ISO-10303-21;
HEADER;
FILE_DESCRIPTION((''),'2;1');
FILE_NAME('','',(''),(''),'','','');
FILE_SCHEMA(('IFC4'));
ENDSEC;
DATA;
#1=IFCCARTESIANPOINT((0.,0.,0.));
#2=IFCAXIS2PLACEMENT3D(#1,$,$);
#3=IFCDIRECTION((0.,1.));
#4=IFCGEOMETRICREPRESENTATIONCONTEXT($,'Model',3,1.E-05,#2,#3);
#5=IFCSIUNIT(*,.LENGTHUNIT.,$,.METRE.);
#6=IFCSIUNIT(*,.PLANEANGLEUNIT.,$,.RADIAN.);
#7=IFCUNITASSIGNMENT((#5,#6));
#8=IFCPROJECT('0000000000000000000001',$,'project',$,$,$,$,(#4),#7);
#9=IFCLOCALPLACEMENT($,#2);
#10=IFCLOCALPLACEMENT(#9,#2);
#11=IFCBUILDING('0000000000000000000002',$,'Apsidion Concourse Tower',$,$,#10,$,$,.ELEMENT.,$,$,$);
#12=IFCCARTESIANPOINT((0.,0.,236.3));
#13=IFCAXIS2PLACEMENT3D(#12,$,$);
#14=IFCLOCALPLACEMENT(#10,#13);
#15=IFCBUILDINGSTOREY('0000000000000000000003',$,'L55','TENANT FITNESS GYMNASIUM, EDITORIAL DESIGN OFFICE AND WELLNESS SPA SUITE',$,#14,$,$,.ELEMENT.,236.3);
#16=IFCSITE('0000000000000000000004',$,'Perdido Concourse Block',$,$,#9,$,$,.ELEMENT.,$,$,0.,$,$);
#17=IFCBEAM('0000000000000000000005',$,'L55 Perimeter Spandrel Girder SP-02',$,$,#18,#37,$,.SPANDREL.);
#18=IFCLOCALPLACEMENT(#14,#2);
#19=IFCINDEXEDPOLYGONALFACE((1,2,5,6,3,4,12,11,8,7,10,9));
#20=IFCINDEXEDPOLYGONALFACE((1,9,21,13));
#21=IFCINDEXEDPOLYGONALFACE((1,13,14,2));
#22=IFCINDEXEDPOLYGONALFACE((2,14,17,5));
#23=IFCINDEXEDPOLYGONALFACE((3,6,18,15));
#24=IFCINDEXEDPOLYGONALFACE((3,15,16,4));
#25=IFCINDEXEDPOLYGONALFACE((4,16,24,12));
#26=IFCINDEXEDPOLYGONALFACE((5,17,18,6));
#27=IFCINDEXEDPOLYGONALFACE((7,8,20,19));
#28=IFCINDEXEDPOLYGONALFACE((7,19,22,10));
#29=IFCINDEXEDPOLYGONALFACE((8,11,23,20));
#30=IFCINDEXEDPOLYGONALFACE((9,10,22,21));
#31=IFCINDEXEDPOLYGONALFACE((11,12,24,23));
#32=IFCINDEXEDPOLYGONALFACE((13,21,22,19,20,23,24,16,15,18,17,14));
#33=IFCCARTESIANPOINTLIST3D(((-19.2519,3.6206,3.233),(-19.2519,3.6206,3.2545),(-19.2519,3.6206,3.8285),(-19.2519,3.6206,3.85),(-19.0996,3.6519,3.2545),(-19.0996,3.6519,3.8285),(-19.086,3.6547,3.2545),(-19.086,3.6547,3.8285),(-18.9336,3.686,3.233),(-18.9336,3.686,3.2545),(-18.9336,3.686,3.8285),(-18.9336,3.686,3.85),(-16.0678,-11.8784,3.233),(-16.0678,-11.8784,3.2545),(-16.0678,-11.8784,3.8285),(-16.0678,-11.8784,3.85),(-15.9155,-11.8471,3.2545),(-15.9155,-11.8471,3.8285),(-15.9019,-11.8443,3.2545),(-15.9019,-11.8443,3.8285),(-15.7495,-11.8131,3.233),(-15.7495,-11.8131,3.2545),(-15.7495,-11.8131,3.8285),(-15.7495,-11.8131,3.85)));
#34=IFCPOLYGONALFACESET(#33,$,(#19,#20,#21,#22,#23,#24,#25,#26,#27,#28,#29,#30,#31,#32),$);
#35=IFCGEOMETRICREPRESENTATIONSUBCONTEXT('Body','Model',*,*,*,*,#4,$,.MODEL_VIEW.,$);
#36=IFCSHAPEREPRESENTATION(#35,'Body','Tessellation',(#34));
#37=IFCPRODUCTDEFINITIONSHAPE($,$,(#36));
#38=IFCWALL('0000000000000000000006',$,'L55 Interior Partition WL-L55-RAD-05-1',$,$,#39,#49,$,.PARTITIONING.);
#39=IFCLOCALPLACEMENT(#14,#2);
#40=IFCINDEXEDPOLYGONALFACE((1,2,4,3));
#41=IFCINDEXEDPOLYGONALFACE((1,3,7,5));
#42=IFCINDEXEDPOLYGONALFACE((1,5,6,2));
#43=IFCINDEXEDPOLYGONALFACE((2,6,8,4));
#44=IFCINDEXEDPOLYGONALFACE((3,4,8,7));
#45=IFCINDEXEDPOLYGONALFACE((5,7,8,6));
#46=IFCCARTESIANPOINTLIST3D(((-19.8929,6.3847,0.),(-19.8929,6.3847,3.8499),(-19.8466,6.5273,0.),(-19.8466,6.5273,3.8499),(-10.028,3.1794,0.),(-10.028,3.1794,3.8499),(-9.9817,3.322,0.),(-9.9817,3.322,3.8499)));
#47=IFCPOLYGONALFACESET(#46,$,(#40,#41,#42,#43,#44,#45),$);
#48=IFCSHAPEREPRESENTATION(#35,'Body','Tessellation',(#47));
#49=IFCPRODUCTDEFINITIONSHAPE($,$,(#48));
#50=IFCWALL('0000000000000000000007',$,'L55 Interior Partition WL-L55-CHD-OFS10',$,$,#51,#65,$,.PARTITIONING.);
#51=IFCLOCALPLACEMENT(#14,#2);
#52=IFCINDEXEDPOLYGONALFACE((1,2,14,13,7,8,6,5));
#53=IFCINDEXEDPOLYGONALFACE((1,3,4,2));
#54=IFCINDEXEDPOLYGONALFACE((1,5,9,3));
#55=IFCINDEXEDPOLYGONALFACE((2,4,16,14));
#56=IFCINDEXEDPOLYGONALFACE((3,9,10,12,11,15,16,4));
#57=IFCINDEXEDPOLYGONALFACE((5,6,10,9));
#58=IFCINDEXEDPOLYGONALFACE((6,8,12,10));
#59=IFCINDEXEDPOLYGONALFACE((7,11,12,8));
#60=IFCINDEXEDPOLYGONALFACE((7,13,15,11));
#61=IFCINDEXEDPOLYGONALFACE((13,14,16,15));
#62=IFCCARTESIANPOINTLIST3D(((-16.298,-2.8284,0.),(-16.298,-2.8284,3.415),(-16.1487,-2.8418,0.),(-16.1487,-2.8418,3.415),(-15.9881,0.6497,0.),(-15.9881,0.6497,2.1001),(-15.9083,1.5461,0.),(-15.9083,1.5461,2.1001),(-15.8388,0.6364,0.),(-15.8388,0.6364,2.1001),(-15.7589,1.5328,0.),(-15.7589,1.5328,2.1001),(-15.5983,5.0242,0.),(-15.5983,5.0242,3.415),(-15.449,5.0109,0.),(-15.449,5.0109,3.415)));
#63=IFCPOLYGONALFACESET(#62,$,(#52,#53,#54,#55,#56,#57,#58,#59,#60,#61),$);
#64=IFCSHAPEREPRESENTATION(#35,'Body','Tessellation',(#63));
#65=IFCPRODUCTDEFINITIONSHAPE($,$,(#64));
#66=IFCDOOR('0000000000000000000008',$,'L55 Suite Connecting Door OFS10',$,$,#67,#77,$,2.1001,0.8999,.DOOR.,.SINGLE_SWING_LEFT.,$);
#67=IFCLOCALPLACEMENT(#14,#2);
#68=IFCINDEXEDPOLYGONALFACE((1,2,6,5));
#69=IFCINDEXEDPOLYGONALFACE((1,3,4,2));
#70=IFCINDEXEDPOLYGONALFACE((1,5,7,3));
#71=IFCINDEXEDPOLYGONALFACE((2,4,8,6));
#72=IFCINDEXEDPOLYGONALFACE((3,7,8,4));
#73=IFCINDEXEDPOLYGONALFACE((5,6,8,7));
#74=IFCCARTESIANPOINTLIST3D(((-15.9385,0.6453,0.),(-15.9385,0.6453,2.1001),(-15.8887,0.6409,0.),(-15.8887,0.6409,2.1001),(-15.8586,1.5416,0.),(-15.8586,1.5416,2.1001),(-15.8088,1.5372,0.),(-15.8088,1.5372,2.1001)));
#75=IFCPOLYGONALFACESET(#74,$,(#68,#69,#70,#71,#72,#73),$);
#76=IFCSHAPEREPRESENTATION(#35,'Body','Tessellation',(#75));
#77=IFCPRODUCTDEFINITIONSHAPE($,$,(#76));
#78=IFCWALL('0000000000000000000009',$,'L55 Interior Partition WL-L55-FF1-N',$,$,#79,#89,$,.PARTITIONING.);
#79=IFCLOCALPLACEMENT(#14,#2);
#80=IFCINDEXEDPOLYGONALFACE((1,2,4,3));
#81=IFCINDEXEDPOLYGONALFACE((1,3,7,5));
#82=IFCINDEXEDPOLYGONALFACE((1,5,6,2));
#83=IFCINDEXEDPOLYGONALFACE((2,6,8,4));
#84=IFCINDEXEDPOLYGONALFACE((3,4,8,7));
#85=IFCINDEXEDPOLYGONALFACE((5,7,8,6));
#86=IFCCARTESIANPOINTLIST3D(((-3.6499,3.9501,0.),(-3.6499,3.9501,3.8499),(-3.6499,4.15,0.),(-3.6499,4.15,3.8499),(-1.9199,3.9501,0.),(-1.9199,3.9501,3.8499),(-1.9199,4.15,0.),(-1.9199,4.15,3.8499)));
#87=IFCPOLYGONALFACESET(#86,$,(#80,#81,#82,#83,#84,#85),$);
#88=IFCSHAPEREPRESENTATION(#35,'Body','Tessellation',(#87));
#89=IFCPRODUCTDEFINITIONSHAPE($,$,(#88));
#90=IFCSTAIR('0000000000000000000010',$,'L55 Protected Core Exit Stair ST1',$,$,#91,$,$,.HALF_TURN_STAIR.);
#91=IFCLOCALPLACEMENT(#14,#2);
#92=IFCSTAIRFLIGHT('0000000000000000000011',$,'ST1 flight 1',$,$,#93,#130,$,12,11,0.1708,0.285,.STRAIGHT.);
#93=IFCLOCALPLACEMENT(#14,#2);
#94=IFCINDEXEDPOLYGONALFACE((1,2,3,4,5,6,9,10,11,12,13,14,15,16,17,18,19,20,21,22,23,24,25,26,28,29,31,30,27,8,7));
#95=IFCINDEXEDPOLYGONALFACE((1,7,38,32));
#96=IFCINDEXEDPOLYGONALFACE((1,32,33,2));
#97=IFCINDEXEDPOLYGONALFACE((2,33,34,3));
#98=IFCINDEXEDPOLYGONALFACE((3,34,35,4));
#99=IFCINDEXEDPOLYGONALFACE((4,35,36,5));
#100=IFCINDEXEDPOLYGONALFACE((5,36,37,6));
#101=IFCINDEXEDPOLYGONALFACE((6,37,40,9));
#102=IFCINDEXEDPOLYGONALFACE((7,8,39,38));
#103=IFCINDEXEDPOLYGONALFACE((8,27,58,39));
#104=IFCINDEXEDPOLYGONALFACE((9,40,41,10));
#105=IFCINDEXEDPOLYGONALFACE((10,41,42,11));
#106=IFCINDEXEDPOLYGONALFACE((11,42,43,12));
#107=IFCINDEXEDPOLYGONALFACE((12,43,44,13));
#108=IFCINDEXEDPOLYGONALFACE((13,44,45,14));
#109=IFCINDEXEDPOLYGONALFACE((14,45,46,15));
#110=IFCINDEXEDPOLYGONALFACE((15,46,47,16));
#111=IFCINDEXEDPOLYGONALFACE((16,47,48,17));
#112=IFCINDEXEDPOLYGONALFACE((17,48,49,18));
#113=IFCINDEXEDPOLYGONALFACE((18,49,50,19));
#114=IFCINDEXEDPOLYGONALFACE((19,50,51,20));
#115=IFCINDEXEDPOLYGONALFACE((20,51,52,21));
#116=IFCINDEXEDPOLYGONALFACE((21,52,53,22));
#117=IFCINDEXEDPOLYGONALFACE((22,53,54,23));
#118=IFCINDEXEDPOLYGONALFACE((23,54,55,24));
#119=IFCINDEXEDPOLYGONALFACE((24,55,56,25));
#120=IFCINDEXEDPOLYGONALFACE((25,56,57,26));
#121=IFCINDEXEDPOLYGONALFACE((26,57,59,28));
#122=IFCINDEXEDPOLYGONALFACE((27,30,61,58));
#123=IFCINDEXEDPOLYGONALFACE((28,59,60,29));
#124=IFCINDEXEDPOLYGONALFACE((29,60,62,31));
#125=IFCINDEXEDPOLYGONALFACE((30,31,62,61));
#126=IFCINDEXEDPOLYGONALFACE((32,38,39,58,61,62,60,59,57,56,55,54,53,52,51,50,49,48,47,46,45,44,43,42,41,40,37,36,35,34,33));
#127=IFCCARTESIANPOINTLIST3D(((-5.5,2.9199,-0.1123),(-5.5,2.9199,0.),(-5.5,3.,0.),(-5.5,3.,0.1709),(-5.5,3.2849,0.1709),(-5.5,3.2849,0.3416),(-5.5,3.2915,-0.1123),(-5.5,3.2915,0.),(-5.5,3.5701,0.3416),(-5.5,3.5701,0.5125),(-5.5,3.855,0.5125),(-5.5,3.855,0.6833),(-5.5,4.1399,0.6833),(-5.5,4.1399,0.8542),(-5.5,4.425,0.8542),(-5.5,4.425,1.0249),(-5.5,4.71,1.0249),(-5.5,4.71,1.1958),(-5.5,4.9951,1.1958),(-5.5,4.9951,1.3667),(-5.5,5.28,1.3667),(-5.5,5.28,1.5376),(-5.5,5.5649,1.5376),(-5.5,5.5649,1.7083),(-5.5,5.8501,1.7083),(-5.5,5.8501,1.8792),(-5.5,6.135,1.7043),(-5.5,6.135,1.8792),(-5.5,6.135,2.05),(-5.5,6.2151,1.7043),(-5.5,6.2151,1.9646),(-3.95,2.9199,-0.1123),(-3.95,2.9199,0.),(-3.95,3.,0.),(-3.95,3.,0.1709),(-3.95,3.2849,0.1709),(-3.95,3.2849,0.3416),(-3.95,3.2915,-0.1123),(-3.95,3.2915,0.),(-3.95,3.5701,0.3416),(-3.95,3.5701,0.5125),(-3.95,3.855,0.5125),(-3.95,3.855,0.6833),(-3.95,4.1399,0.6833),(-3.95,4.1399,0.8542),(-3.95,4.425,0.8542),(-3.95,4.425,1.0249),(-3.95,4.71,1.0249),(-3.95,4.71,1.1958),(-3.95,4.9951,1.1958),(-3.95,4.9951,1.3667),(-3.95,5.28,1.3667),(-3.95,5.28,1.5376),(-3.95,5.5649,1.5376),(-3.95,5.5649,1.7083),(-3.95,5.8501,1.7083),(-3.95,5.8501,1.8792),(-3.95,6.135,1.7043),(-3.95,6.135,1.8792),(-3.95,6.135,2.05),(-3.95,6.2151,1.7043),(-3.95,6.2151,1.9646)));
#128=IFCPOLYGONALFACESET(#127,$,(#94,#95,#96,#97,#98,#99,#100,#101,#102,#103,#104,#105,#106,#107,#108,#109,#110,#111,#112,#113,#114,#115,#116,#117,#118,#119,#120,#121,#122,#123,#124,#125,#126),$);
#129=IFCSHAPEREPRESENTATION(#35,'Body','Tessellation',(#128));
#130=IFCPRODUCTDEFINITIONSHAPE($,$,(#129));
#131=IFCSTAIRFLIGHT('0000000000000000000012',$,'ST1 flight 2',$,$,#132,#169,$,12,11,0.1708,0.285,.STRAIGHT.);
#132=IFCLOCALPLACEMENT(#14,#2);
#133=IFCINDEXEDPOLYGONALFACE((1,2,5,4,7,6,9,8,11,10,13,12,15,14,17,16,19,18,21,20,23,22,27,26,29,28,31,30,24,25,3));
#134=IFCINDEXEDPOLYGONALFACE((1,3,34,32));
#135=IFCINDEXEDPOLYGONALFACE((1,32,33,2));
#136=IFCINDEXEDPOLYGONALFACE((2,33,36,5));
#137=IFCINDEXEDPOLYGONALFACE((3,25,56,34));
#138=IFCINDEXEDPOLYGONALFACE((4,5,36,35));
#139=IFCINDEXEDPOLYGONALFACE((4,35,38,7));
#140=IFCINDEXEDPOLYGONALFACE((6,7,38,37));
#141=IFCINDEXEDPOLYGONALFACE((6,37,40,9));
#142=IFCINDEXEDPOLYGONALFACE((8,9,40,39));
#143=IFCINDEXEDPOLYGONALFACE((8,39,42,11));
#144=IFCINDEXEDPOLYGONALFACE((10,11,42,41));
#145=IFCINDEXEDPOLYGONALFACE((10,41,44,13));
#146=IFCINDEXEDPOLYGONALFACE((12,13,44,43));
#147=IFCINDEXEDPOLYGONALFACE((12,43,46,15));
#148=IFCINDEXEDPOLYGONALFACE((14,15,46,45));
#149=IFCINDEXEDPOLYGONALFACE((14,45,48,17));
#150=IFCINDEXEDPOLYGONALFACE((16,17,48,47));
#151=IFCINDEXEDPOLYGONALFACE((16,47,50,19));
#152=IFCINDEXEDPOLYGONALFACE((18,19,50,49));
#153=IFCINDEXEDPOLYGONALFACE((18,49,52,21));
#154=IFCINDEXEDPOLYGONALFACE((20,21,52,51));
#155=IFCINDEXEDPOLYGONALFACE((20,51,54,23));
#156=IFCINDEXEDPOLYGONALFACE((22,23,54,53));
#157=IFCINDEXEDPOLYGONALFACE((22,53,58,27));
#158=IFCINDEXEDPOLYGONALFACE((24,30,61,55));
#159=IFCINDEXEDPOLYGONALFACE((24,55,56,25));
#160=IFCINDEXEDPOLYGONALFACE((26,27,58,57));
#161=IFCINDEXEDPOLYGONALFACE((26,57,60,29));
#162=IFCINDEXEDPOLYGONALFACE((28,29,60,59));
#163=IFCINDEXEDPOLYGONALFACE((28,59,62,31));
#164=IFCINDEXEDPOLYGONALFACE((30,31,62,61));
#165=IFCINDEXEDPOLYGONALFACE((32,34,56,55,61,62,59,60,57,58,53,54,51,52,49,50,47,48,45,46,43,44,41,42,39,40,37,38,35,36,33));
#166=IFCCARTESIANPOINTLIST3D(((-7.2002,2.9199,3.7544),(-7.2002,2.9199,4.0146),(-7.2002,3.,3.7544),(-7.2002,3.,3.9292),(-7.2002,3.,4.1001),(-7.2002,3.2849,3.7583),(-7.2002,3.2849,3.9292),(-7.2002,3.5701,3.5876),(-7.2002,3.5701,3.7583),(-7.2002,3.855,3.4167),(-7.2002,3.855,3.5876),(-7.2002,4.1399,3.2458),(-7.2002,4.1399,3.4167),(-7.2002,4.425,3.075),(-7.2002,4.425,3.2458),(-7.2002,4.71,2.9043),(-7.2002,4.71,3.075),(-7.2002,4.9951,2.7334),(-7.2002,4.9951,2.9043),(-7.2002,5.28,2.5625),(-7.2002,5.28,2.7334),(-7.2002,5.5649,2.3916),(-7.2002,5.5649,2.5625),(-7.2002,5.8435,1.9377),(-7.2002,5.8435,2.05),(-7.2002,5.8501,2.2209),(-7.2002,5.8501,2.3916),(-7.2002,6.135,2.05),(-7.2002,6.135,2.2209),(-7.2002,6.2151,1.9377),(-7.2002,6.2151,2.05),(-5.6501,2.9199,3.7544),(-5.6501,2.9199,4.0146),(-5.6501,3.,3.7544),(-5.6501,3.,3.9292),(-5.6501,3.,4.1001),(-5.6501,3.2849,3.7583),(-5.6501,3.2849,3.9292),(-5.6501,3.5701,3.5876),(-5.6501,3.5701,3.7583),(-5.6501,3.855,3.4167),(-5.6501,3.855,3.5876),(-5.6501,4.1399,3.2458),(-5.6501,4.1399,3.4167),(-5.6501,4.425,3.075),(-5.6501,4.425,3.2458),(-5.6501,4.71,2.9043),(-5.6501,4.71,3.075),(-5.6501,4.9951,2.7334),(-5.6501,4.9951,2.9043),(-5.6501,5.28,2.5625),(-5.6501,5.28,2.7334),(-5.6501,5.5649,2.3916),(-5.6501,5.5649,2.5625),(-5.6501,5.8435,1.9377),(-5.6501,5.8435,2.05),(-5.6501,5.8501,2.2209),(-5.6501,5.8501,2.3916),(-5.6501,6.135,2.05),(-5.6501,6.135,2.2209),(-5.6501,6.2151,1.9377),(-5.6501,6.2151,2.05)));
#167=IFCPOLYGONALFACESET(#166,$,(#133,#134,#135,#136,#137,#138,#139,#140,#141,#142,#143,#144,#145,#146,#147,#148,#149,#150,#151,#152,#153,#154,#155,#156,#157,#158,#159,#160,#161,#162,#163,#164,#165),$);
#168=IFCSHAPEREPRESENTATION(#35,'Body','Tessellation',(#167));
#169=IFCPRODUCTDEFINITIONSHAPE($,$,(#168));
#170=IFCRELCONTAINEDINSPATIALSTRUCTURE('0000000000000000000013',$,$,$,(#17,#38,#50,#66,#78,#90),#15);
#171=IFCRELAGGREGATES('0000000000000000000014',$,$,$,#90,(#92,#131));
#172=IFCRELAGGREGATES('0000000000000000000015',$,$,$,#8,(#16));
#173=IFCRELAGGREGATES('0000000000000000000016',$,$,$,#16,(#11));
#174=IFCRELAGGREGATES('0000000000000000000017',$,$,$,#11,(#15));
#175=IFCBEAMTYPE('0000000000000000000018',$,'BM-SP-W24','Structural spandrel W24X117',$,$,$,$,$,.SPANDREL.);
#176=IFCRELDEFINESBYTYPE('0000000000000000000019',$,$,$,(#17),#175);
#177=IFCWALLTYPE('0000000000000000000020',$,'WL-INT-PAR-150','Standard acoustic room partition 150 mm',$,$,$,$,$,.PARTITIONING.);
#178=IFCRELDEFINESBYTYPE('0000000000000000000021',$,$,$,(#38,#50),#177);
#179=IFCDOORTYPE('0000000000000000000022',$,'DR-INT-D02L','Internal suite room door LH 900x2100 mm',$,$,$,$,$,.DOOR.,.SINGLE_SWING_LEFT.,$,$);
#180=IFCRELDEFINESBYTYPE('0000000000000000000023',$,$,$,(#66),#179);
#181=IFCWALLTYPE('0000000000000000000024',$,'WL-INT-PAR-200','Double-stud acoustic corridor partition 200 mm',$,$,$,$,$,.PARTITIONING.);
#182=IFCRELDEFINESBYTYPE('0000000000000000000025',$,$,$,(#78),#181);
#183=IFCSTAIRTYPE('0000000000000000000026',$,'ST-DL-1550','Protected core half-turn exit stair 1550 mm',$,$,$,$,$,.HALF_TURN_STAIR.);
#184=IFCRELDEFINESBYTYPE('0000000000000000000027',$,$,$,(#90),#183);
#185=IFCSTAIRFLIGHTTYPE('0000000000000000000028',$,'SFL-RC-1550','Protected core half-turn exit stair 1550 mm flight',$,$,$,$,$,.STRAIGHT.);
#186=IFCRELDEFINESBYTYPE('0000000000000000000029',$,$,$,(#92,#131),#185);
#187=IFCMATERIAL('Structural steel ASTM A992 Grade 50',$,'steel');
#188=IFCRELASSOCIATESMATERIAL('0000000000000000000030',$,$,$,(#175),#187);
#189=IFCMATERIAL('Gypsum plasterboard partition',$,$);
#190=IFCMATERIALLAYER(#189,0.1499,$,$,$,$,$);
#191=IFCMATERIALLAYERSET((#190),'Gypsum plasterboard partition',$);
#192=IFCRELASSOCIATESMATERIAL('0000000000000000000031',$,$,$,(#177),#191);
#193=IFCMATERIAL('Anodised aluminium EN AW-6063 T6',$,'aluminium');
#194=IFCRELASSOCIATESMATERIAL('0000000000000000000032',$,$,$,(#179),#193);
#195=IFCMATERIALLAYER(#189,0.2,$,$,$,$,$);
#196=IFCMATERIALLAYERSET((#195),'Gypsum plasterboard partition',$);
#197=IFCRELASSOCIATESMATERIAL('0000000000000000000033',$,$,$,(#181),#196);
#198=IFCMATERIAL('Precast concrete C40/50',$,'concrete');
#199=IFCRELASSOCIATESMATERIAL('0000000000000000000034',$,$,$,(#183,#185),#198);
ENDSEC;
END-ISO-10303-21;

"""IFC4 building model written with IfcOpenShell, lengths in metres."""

from ifc_helpers import new_model, si_unit, direction, frame, frame_2d, origin, origin_2d, place, context, subcontext, project, spatial, polyline, rectangle, i_section, outline, extrude, material, layer, layer_set, material_profile, profile_set, type_object, element, fill, aggregate, save


model = new_model("IFC4")

# Units and contexts
model_context = context("Model", 3, precision=1e-05, world=origin(), true_north=direction((0.0, 1.0)))
body_context = subcontext(model_context, "Body", "Model", "MODEL_VIEW")
ifc_project = project(units=[si_unit("LENGTHUNIT", "METRE"), si_unit("PLANEANGLEUNIT", "RADIAN")], contexts=[model_context])

# Site, building, storey
site_placement = place(None, origin())
site = spatial("IfcSite", under=ifc_project, at=site_placement, Name="Perdido Concourse Block", CompositionType="ELEMENT", RefElevation=0.0)
building_placement = place(site_placement, origin())
building = spatial("IfcBuilding", under=site, at=building_placement, Name="Apsidion Concourse Tower", CompositionType="ELEMENT")
storey_placement = place(building_placement, frame((0.0, 0.0, 236.3)))
storey = spatial("IfcBuildingStorey", under=building, at=storey_placement, Name="L55", Description="TENANT FITNESS GYMNASIUM, EDITORIAL DESIGN OFFICE AND WELLNESS SPA SUITE", CompositionType="ELEMENT", Elevation=236.3)

# Shared definitions
ifc_material_1 = material(Name="Structural steel ASTM A992 Grade 50", Category="steel")

# Beam
ifc_material_profile_1 = material_profile(ifc_material_1, i_section(OverallWidth=0.325, OverallDepth=0.6169, WebThickness=0.0139, FlangeThickness=0.0215, at=origin_2d()), Name="W24X117")
ifc_profile_set_1 = profile_set([ifc_material_profile_1], Name="Structural steel ASTM A992 Grade 50")
beam_type_1 = type_object("IfcBeamType", Name="BM-SP-W24", Description="Structural spandrel W24X117", PredefinedType="SPANDREL", material=ifc_profile_set_1)
beam_1_placement = place(storey_placement, frame((-19.0928, 3.6533, 3.5415), z_axis=(0.201235, -0.979543, 0.0), x_axis=(0.979543, 0.201235, 0.0)))
element("IfcBeam", 1, at=beam_1_placement, inside=storey, type_object=beam_type_1, Name="L55 Perimeter Spandrel Girder SP-02", PredefinedType="SPANDREL", context=body_context, shape_type="SweptSolid", body=[
    extrude(i_section(OverallWidth=0.325, OverallDepth=0.6169, WebThickness=0.0139, FlangeThickness=0.0215, at=origin_2d()), origin(), (0.0, 0.0, 1.0), 15.8228),
])

# Wall
ifc_material_2 = material(Name="Gypsum plasterboard partition")
ifc_layer_1 = layer(ifc_material_2, 0.1499)
ifc_layer_set_1 = layer_set([ifc_layer_1], Name="Gypsum plasterboard partition")
wall_type_1 = type_object("IfcWallType", Name="WL-INT-PAR-150", Description="Standard acoustic room partition 150 mm", PredefinedType="PARTITIONING", material=ifc_layer_set_1)
wall_1_placement = place(storey_placement, frame((-10.0049, 3.2507, 0.0), z_axis=(0.0, 0.0, 1.0), x_axis=(-0.951057, 0.309016, 0.0)))
element("IfcWall", 2, at=wall_1_placement, inside=storey, type_object=wall_type_1, Name="L55 Interior Partition WL-L55-RAD-05-1", PredefinedType="PARTITIONING", context=body_context, shape_type="SweptSolid", body=[
    extrude(rectangle(XDim=10.3726, YDim=0.1499, at=frame_2d((5.1863, 0.0))), origin(), (0.0, 0.0, 1.0), 3.8499),
])

# Wall, opening, door
wall_2_placement = place(storey_placement, frame((-15.5237, 5.0176, 0.0), z_axis=(0.0, 0.0, 1.0), x_axis=(-0.088751, -0.996054, 0.0)))
wall_2 = element("IfcWall", 3, at=wall_2_placement, inside=storey, type_object=wall_type_1, Name="L55 Interior Partition WL-L55-CHD-OFS10", PredefinedType="PARTITIONING", context=body_context, shape_type="SweptSolid", body=[
    extrude(rectangle(XDim=7.8838, YDim=0.1499, at=frame_2d((3.9419, 0.0))), origin(), (0.0, 0.0, 1.0), 3.415),
])
opening_placement = place(wall_2_placement, frame((3.4919, 0.0, 0.0)))
opening = element("IfcOpeningElement", 4, at=opening_placement, cuts=wall_2, PredefinedType="OPENING", context=body_context, shape_type="SweptSolid", body=[
    extrude(rectangle(XDim=0.8999, YDim=2.1001, at=frame_2d((0.45, 1.05))), frame((0.0, 0.085, 0.0), z_axis=(0.0, -1.0, 0.0), x_axis=(1.0, 0.0, 0.0)), (0.0, 0.0, 1.0), 0.1699),
])
ifc_material_3 = material(Name="Anodised aluminium EN AW-6063 T6", Category="aluminium")
door_type = type_object("IfcDoorType", Name="DR-INT-D02L", Description="Internal suite room door LH 900x2100 mm", OperationType="SINGLE_SWING_LEFT", PredefinedType="DOOR", material=ifc_material_3)
door_placement = place(opening_placement, origin())
door = element("IfcDoor", 5, at=door_placement, inside=storey, type_object=door_type, Name="L55 Suite Connecting Door OFS10", OperationType="SINGLE_SWING_LEFT", OverallHeight=2.1001, OverallWidth=0.8999, PredefinedType="DOOR", context=body_context, shape_type="SweptSolid", body=[
    extrude(rectangle(XDim=0.8999, YDim=2.1001, at=frame_2d((0.45, 1.05))), frame((0.0, 0.0249, 0.0), z_axis=(0.0, -1.0, 0.0), x_axis=(1.0, 0.0, 0.0)), (0.0, 0.0, 1.0), 0.05),
])
fill(opening, door)

# Wall
ifc_layer_2 = layer(ifc_material_2, 0.2)
ifc_layer_set_2 = layer_set([ifc_layer_2], Name="Gypsum plasterboard partition")
wall_type_2 = type_object("IfcWallType", Name="WL-INT-PAR-200", Description="Double-stud acoustic corridor partition 200 mm", PredefinedType="PARTITIONING", material=ifc_layer_set_2)
wall_3_placement = place(storey_placement, frame((-3.6499, 4.05, 0.0), z_axis=(0.0, 0.0, 1.0), x_axis=(1.0, 0.0, 0.0)))
element("IfcWall", 6, at=wall_3_placement, inside=storey, type_object=wall_type_2, Name="L55 Interior Partition WL-L55-FF1-N", PredefinedType="PARTITIONING", context=body_context, shape_type="SweptSolid", body=[
    extrude(rectangle(XDim=1.73, YDim=0.2, at=frame_2d((0.865, 0.0))), origin(), (0.0, 0.0, 1.0), 3.8499),
])

# Stair, stair flights
ifc_material_4 = material(Name="Precast concrete C40/50", Category="concrete")
stair_type = type_object("IfcStairType", Name="ST-DL-1550", Description="Protected core half-turn exit stair 1550 mm", PredefinedType="HALF_TURN_STAIR", material=ifc_material_4)
stair_placement = place(storey_placement, origin())
stair = element("IfcStair", 7, at=stair_placement, inside=storey, type_object=stair_type, Name="L55 Protected Core Exit Stair ST1", PredefinedType="HALF_TURN_STAIR")
stair_flight_type = type_object("IfcStairFlightType", Name="SFL-RC-1550", Description="Protected core half-turn exit stair 1550 mm flight", PredefinedType="STRAIGHT", material=ifc_material_4)
stair_flight_1_placement = place(storey_placement, frame((-4.7251, 3.0, 0.0), z_axis=(0.0, 0.0, 1.0), x_axis=(0.0, 1.0, 0.0)))
stair_flight_1 = element("IfcStairFlight", 8, at=stair_flight_1_placement, type_object=stair_flight_type, Name="ST1 flight 1", NumberOfRisers=12, NumberOfTreads=11, PredefinedType="STRAIGHT", RiserHeight=0.1708, TreadLength=0.285, context=body_context, shape_type="SweptSolid", body=[
    extrude(outline(polyline([(-0.0801, -0.1123), (-0.0801, 0.0), (0.0, 0.0), (0.0, 0.1709), (0.2849, 0.1709), (0.2849, 0.3416), (0.5701, 0.3416), (0.5701, 0.5125), (0.855, 0.5125), (0.855, 0.6833), (1.1399, 0.6833), (1.1399, 0.8542), (1.425, 0.8542), (1.425, 1.0249), (1.71, 1.0249), (1.71, 1.1958), (1.9951, 1.1958), (1.9951, 1.3667), (2.28, 1.3667), (2.28, 1.5376), (2.5649, 1.5376), (2.5649, 1.7083), (2.8501, 1.7083), (2.8501, 1.8792), (3.135, 1.8792), (3.135, 2.05), (3.2151, 1.9646), (3.2151, 1.7043), (3.135, 1.7043), (0.2915, 0.0), (0.2915, -0.1123), (-0.0801, -0.1123)])), frame((0.0, 0.7749, 0.0), z_axis=(0.0, -1.0, 0.0), x_axis=(1.0, 0.0, 0.0)), (0.0, 0.0, 1.0), 1.55),
])
stair_flight_2_placement = place(storey_placement, frame((-6.425, 6.135, 2.05), z_axis=(0.0, 0.0, 1.0), x_axis=(0.0, -1.0, 0.0)))
stair_flight_2 = element("IfcStairFlight", 9, at=stair_flight_2_placement, type_object=stair_flight_type, Name="ST1 flight 2", NumberOfRisers=12, NumberOfTreads=11, PredefinedType="STRAIGHT", RiserHeight=0.1708, TreadLength=0.285, context=body_context, shape_type="SweptSolid", body=[
    extrude(outline(polyline([(-0.0801, -0.1123), (-0.0801, 0.0), (0.0, 0.0), (0.0, 0.1709), (0.2849, 0.1709), (0.2849, 0.3416), (0.5701, 0.3416), (0.5701, 0.5125), (0.855, 0.5125), (0.855, 0.6833), (1.1399, 0.6833), (1.1399, 0.8542), (1.425, 0.8542), (1.425, 1.0249), (1.71, 1.0249), (1.71, 1.1958), (1.9951, 1.1958), (1.9951, 1.3667), (2.28, 1.3667), (2.28, 1.5376), (2.5649, 1.5376), (2.5649, 1.7083), (2.8501, 1.7083), (2.8501, 1.8792), (3.135, 1.8792), (3.135, 2.05), (3.2151, 1.9646), (3.2151, 1.7043), (3.135, 1.7043), (0.2915, 0.0), (0.2915, -0.1123), (-0.0801, -0.1123)])), frame((0.0, 0.7749, 0.0), z_axis=(0.0, -1.0, 0.0), x_axis=(1.0, 0.0, 0.0)), (0.0, 0.0, 1.0), 1.55),
])
aggregate(stair, [stair_flight_1, stair_flight_2])

save(model, "model.ifc")
